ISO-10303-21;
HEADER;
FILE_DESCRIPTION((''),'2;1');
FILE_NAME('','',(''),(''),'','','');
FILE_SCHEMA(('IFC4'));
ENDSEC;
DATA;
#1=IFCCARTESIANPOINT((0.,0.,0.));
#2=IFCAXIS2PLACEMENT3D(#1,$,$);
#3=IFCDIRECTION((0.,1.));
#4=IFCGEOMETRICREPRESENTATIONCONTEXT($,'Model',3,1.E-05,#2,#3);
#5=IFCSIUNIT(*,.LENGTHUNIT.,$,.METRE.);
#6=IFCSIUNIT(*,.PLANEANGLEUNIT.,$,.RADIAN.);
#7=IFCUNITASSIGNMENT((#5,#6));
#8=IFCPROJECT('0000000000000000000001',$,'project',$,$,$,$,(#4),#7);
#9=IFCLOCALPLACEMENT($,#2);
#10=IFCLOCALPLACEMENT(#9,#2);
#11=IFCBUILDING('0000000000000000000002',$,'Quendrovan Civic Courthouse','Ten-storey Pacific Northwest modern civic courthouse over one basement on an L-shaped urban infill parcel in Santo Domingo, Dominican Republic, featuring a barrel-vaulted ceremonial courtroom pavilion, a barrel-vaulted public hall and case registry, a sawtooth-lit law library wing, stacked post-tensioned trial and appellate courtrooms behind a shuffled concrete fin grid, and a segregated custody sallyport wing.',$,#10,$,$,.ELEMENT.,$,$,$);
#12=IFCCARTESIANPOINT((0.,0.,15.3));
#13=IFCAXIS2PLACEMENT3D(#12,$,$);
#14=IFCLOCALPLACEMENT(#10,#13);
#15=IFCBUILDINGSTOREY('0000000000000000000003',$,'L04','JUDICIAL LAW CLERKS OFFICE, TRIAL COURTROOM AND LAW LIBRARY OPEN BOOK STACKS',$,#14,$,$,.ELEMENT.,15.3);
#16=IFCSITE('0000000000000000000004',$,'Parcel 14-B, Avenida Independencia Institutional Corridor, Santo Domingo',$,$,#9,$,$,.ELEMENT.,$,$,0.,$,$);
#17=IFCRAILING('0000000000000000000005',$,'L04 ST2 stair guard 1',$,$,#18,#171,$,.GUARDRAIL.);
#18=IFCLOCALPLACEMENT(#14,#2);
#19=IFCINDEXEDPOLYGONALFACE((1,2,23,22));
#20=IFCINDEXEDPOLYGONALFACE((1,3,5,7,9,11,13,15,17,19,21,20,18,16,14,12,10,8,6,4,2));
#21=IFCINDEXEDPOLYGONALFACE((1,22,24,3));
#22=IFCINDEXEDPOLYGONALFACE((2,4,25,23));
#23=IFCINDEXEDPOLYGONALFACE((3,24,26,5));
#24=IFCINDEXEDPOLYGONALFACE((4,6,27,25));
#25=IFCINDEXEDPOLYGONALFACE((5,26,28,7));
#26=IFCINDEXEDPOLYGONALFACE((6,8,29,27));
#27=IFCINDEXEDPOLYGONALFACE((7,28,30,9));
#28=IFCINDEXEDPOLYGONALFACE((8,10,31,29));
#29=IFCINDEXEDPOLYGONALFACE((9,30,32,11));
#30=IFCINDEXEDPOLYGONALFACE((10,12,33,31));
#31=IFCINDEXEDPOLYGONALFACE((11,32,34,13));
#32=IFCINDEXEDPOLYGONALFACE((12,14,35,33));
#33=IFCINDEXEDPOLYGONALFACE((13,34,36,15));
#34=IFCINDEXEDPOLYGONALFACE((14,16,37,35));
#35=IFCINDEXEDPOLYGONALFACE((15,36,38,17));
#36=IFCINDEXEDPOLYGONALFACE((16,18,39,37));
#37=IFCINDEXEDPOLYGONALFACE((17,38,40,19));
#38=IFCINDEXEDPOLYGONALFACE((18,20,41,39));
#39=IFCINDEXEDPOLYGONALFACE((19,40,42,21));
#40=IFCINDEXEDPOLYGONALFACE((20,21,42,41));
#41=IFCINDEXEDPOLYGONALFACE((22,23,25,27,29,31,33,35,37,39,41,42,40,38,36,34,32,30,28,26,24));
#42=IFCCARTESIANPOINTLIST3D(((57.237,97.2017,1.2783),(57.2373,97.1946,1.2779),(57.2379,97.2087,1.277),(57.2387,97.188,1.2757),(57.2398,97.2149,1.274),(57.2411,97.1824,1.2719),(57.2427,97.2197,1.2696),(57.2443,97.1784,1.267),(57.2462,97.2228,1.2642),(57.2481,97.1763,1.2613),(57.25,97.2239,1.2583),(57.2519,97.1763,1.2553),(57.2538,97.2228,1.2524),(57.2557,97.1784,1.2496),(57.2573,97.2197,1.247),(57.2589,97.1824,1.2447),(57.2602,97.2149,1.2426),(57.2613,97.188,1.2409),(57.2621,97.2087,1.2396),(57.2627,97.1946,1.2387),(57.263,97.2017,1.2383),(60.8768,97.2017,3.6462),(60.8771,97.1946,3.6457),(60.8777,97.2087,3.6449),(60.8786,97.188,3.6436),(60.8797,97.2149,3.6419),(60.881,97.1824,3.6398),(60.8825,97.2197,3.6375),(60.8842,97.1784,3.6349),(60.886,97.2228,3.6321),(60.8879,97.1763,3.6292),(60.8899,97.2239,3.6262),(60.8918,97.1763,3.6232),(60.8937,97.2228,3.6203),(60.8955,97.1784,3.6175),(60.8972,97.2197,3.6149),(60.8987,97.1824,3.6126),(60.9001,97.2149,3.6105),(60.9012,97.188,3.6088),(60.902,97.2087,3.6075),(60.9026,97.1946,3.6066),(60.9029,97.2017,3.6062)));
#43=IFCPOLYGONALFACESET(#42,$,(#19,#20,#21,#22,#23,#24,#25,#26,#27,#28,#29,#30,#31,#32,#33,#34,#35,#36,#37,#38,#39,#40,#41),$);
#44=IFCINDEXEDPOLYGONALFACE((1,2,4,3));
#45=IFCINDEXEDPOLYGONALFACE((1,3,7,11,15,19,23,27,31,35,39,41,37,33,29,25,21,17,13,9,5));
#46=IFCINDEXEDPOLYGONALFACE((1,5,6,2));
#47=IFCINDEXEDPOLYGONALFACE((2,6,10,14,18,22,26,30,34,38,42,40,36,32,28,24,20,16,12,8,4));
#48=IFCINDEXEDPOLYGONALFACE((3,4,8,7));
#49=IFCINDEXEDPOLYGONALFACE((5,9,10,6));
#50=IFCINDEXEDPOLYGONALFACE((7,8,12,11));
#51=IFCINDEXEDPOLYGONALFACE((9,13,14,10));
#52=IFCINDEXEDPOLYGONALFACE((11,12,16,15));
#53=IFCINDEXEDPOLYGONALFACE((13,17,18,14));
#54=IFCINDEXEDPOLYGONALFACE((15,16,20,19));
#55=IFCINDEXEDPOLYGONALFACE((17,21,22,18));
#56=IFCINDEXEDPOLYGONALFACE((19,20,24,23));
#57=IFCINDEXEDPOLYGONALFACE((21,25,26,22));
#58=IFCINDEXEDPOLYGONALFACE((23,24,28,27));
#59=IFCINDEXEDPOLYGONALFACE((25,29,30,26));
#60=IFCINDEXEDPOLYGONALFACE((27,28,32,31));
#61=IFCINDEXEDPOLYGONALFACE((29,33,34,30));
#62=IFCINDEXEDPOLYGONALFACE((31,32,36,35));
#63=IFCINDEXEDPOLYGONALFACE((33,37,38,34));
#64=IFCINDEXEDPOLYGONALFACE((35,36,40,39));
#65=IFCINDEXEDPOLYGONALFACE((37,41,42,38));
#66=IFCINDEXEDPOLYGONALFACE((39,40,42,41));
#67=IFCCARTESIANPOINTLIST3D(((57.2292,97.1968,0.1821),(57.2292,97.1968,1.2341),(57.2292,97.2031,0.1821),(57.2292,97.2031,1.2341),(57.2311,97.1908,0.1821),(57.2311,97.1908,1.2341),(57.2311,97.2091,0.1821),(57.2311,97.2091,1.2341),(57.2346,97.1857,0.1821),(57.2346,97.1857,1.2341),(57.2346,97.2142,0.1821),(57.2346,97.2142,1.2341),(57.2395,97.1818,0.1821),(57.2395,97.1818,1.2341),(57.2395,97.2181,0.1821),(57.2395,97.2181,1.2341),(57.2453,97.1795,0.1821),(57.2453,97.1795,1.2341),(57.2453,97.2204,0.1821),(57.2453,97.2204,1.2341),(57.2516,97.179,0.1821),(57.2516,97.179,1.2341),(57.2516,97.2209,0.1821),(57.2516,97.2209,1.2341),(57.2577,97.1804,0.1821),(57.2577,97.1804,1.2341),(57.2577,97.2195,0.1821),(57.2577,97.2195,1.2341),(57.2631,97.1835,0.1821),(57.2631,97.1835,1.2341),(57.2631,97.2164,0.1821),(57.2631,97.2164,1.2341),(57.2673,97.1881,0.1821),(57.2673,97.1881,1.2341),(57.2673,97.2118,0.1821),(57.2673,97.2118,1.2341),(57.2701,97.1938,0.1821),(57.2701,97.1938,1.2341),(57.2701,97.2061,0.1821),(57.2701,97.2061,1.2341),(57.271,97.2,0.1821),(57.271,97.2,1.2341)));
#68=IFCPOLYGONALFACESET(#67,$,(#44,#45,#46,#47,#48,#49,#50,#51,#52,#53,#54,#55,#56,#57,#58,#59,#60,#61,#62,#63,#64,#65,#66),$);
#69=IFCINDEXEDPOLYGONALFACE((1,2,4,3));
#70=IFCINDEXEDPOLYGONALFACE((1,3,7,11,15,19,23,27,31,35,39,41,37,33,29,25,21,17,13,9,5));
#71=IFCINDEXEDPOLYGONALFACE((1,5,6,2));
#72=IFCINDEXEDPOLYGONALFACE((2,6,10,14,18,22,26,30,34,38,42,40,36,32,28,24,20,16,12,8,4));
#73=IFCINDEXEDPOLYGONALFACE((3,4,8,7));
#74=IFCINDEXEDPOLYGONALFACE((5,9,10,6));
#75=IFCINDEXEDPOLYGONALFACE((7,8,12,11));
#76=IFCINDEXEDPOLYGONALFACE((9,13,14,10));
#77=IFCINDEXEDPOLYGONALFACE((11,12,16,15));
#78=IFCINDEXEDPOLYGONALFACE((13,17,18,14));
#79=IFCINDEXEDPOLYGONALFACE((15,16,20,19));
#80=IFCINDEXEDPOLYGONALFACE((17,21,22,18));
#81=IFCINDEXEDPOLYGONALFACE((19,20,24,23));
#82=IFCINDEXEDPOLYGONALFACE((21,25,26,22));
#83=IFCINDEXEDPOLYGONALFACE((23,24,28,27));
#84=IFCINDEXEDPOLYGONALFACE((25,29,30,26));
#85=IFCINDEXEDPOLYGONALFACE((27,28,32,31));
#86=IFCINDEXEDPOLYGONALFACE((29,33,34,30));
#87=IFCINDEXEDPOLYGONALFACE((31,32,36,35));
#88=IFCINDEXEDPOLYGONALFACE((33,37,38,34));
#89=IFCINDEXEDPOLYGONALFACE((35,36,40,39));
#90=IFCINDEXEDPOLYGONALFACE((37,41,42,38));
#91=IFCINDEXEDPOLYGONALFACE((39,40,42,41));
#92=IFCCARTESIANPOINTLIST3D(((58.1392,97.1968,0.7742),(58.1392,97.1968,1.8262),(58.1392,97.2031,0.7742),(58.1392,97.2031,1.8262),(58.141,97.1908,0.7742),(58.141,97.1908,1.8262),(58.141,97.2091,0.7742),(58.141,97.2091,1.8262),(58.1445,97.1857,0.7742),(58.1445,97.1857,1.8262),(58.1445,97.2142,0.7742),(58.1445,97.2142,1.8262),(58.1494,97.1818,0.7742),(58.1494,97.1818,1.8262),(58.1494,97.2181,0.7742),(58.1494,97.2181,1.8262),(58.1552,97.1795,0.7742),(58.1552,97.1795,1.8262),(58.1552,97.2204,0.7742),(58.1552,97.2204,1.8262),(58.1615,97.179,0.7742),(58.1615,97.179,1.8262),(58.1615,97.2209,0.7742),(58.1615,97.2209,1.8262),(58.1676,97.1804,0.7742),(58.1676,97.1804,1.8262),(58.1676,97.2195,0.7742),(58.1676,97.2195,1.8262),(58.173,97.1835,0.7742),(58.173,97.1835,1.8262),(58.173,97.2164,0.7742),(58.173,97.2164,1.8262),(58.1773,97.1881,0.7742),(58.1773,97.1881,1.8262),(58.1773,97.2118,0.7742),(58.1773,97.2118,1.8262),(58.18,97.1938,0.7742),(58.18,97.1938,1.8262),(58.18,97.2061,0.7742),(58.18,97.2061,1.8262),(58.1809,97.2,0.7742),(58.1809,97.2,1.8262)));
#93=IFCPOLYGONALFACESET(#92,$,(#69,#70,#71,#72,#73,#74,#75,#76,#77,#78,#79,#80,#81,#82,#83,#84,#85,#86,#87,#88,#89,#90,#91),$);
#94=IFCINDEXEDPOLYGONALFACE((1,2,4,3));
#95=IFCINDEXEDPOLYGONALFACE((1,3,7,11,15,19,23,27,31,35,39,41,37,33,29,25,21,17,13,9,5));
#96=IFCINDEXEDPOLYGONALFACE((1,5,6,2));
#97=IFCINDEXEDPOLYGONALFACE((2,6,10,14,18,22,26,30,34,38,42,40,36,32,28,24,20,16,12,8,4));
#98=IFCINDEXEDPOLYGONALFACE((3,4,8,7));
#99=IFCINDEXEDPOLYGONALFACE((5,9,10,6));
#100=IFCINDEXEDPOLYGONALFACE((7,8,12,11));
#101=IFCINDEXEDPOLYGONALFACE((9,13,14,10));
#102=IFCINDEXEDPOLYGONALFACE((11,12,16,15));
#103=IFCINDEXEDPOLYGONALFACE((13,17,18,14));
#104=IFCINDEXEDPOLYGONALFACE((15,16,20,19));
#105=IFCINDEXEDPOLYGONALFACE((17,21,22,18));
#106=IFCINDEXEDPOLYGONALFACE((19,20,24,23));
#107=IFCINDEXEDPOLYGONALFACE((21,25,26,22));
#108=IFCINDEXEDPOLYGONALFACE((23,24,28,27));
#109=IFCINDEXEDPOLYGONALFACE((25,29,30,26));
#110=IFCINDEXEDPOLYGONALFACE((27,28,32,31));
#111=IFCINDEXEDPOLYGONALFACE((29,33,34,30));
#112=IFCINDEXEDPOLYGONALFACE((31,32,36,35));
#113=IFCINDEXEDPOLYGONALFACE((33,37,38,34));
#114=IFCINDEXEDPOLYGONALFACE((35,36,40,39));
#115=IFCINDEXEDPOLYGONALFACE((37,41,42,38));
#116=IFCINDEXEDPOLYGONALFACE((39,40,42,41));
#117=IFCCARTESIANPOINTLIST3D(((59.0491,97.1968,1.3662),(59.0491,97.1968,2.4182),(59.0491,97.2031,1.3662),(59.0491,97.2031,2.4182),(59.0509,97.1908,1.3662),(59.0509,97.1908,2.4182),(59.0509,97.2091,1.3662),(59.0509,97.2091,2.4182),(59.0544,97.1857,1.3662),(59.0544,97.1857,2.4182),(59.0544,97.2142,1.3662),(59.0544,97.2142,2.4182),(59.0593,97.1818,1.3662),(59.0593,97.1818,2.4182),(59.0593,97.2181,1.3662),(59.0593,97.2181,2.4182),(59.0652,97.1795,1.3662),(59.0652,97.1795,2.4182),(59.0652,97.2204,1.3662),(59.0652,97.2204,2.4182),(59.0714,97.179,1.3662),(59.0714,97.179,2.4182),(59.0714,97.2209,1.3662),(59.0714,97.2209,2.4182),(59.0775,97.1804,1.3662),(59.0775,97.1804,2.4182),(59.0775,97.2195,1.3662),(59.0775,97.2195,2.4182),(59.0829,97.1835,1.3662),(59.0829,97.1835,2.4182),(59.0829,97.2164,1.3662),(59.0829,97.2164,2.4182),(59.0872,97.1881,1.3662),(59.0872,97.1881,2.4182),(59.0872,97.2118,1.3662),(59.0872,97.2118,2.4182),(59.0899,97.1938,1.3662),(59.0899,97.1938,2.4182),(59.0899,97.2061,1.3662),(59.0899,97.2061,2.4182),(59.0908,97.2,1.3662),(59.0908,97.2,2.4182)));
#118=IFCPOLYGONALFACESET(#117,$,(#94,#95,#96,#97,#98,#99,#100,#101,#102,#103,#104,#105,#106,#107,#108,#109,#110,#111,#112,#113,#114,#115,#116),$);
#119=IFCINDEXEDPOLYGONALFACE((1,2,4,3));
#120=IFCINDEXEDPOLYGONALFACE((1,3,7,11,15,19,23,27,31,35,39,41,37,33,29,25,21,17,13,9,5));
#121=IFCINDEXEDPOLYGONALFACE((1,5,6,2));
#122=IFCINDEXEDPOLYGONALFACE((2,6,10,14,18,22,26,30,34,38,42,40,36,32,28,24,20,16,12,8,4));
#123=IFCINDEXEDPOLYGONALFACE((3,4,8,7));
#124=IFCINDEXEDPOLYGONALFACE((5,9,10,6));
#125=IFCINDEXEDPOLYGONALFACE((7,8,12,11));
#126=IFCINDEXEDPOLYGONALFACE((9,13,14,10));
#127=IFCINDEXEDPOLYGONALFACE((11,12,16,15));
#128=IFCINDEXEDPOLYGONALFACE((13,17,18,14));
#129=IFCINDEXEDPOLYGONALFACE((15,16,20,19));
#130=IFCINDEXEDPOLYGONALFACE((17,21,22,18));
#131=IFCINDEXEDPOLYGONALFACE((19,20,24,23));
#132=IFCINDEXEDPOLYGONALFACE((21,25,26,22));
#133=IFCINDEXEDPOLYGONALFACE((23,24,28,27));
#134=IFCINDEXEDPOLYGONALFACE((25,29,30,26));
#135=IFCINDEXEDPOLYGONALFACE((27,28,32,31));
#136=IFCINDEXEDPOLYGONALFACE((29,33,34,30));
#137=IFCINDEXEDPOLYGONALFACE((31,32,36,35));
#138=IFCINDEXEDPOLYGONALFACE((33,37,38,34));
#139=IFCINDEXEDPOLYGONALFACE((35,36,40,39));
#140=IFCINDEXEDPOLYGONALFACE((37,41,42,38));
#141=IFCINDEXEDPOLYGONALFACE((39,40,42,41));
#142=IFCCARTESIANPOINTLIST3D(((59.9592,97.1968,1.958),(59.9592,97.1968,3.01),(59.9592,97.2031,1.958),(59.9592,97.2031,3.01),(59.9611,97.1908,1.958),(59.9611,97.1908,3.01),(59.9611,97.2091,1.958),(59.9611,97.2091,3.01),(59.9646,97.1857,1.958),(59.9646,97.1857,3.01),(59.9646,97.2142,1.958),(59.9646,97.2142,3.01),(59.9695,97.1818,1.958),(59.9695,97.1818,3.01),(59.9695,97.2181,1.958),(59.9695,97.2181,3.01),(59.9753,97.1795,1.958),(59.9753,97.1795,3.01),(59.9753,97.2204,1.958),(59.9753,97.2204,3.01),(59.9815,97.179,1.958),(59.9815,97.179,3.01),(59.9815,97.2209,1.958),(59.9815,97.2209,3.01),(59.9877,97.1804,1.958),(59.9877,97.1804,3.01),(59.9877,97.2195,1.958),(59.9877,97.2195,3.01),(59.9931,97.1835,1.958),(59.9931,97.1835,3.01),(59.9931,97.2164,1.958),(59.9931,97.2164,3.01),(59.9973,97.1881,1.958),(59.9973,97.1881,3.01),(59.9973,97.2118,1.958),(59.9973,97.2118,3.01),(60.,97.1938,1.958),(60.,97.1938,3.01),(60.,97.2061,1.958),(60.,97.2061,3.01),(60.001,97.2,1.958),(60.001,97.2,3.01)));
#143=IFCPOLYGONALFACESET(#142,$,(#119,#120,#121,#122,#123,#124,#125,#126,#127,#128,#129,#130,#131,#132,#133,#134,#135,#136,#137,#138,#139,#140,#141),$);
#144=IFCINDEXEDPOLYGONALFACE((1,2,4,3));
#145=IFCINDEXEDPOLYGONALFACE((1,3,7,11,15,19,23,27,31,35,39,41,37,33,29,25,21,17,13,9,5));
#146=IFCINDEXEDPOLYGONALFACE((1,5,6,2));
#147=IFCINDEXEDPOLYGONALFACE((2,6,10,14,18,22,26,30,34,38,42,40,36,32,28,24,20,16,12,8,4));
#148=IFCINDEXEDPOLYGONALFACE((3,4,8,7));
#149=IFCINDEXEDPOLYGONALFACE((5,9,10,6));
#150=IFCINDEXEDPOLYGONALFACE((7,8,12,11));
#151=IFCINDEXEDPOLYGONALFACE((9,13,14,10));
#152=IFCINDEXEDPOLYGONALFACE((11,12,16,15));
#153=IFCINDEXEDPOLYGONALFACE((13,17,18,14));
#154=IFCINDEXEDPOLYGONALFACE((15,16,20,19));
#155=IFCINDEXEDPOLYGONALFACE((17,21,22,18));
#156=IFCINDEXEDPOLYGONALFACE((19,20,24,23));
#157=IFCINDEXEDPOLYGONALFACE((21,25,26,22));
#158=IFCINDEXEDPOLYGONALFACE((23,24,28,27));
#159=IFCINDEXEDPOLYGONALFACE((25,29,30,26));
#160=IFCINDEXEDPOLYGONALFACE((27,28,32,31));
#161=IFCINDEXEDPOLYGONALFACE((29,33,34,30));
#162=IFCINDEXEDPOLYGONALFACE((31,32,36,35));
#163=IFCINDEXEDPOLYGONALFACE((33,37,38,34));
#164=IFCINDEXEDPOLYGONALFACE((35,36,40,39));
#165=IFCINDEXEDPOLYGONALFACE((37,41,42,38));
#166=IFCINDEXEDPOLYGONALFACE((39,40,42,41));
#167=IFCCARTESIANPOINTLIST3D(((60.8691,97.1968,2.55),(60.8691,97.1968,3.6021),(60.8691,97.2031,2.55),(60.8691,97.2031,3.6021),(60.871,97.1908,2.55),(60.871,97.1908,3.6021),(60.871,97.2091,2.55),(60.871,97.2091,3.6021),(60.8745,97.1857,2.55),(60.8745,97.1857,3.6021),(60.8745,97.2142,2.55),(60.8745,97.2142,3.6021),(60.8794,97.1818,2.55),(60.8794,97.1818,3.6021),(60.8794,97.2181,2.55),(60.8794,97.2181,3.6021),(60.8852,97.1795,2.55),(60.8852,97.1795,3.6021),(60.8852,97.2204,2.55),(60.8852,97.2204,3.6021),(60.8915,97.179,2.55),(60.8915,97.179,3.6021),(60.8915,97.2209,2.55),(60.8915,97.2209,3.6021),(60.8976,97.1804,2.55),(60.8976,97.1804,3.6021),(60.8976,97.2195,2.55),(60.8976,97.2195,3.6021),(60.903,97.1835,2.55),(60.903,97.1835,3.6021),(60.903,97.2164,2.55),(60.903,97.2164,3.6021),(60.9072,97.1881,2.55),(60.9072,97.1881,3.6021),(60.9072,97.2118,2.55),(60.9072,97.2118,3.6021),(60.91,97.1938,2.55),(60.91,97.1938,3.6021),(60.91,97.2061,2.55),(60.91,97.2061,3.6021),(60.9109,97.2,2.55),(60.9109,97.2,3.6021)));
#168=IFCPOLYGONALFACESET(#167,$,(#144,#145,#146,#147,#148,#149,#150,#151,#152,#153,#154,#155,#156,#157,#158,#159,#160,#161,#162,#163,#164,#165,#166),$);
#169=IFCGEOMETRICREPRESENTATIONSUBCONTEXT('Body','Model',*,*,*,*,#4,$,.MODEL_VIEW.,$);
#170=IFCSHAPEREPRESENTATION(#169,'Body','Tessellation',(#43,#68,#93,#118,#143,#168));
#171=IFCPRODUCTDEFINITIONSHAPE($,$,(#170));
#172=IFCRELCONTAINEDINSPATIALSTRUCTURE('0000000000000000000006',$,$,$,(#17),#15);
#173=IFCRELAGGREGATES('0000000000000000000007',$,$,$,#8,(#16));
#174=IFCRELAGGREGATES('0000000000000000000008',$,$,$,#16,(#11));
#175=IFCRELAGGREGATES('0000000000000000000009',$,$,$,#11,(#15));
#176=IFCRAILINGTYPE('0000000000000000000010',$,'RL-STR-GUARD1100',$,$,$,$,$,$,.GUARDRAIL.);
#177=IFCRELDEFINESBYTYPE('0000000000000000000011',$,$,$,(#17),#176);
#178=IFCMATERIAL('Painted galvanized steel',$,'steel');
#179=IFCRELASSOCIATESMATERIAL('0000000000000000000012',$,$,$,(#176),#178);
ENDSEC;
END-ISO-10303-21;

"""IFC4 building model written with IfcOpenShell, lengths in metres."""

from ifc_helpers import new_model, si_unit, direction, frame, origin, origin_2d, place, context, subcontext, project, spatial, circle, extrude, material, type_object, element, save


model = new_model("IFC4")

# Units and contexts
model_context = context("Model", 3, precision=1e-05, world=origin(), true_north=direction((0.0, 1.0)))
body_context = subcontext(model_context, "Body", "Model", "MODEL_VIEW")
ifc_project = project(units=[si_unit("LENGTHUNIT", "METRE"), si_unit("PLANEANGLEUNIT", "RADIAN")], contexts=[model_context])

# Site, building, storey
site_placement = place(None, origin())
site = spatial("IfcSite", under=ifc_project, at=site_placement, Name="Parcel 14-B, Avenida Independencia Institutional Corridor, Santo Domingo", CompositionType="ELEMENT", RefElevation=0.0)
building_placement = place(site_placement, origin())
building = spatial("IfcBuilding", under=site, at=building_placement, Name="Quendrovan Civic Courthouse", Description="Ten-storey Pacific Northwest modern civic courthouse over one basement on an L-shaped urban infill parcel in Santo Domingo, Dominican Republic, featuring a barrel-vaulted ceremonial courtroom pavilion, a barrel-vaulted public hall and case registry, a sawtooth-lit law library wing, stacked post-tensioned trial and appellate courtrooms behind a shuffled concrete fin grid, and a segregated custody sallyport wing.", CompositionType="ELEMENT")
storey_placement = place(building_placement, frame((0.0, 0.0, 15.3)))
storey = spatial("IfcBuildingStorey", under=building, at=storey_placement, Name="L04", Description="JUDICIAL LAW CLERKS OFFICE, TRIAL COURTROOM AND LAW LIBRARY OPEN BOOK STACKS", CompositionType="ELEMENT", Elevation=15.3)

# Railing
ifc_material_1 = material(Name="Painted galvanized steel", Category="steel")
railing_type_1 = type_object("IfcRailingType", Name="RL-STR-GUARD1100", PredefinedType="GUARDRAIL", material=ifc_material_1)
railing_1_placement = place(storey_placement, frame((57.25, 97.2, 0.1821)))
element("IfcRailing", 1, at=railing_1_placement, inside=storey, type_object=railing_type_1, Name="L04 ST2 stair guard 1", PredefinedType="GUARDRAIL", context=body_context, shape_type="SweptSolid", body=[
    extrude(circle(Radius=0.0239, at=origin_2d()), frame((0.0, 0.0, 1.0762), z_axis=(0.838234, 0.0, 0.54531), x_axis=(0.0, 1.0, 0.0)), (0.0, 0.0, 1.0), 4.3423),
    extrude(circle(Radius=0.021, at=origin_2d()), origin(), (0.0, 0.0, 1.0), 1.052),
    extrude(circle(Radius=0.021, at=origin_2d()), frame((0.9099, 0.0, 0.592)), (0.0, 0.0, 1.0), 1.052),
    extrude(circle(Radius=0.021, at=origin_2d()), frame((1.8198, 0.0, 1.1841)), (0.0, 0.0, 1.0), 1.052),
    extrude(circle(Radius=0.021, at=origin_2d()), frame((2.73, 0.0, 1.7759)), (0.0, 0.0, 1.0), 1.052),
    extrude(circle(Radius=0.021, at=origin_2d()), frame((3.6399, 0.0, 2.3679)), (0.0, 0.0, 1.0), 1.052),
])

save(model, "model.ifc")
